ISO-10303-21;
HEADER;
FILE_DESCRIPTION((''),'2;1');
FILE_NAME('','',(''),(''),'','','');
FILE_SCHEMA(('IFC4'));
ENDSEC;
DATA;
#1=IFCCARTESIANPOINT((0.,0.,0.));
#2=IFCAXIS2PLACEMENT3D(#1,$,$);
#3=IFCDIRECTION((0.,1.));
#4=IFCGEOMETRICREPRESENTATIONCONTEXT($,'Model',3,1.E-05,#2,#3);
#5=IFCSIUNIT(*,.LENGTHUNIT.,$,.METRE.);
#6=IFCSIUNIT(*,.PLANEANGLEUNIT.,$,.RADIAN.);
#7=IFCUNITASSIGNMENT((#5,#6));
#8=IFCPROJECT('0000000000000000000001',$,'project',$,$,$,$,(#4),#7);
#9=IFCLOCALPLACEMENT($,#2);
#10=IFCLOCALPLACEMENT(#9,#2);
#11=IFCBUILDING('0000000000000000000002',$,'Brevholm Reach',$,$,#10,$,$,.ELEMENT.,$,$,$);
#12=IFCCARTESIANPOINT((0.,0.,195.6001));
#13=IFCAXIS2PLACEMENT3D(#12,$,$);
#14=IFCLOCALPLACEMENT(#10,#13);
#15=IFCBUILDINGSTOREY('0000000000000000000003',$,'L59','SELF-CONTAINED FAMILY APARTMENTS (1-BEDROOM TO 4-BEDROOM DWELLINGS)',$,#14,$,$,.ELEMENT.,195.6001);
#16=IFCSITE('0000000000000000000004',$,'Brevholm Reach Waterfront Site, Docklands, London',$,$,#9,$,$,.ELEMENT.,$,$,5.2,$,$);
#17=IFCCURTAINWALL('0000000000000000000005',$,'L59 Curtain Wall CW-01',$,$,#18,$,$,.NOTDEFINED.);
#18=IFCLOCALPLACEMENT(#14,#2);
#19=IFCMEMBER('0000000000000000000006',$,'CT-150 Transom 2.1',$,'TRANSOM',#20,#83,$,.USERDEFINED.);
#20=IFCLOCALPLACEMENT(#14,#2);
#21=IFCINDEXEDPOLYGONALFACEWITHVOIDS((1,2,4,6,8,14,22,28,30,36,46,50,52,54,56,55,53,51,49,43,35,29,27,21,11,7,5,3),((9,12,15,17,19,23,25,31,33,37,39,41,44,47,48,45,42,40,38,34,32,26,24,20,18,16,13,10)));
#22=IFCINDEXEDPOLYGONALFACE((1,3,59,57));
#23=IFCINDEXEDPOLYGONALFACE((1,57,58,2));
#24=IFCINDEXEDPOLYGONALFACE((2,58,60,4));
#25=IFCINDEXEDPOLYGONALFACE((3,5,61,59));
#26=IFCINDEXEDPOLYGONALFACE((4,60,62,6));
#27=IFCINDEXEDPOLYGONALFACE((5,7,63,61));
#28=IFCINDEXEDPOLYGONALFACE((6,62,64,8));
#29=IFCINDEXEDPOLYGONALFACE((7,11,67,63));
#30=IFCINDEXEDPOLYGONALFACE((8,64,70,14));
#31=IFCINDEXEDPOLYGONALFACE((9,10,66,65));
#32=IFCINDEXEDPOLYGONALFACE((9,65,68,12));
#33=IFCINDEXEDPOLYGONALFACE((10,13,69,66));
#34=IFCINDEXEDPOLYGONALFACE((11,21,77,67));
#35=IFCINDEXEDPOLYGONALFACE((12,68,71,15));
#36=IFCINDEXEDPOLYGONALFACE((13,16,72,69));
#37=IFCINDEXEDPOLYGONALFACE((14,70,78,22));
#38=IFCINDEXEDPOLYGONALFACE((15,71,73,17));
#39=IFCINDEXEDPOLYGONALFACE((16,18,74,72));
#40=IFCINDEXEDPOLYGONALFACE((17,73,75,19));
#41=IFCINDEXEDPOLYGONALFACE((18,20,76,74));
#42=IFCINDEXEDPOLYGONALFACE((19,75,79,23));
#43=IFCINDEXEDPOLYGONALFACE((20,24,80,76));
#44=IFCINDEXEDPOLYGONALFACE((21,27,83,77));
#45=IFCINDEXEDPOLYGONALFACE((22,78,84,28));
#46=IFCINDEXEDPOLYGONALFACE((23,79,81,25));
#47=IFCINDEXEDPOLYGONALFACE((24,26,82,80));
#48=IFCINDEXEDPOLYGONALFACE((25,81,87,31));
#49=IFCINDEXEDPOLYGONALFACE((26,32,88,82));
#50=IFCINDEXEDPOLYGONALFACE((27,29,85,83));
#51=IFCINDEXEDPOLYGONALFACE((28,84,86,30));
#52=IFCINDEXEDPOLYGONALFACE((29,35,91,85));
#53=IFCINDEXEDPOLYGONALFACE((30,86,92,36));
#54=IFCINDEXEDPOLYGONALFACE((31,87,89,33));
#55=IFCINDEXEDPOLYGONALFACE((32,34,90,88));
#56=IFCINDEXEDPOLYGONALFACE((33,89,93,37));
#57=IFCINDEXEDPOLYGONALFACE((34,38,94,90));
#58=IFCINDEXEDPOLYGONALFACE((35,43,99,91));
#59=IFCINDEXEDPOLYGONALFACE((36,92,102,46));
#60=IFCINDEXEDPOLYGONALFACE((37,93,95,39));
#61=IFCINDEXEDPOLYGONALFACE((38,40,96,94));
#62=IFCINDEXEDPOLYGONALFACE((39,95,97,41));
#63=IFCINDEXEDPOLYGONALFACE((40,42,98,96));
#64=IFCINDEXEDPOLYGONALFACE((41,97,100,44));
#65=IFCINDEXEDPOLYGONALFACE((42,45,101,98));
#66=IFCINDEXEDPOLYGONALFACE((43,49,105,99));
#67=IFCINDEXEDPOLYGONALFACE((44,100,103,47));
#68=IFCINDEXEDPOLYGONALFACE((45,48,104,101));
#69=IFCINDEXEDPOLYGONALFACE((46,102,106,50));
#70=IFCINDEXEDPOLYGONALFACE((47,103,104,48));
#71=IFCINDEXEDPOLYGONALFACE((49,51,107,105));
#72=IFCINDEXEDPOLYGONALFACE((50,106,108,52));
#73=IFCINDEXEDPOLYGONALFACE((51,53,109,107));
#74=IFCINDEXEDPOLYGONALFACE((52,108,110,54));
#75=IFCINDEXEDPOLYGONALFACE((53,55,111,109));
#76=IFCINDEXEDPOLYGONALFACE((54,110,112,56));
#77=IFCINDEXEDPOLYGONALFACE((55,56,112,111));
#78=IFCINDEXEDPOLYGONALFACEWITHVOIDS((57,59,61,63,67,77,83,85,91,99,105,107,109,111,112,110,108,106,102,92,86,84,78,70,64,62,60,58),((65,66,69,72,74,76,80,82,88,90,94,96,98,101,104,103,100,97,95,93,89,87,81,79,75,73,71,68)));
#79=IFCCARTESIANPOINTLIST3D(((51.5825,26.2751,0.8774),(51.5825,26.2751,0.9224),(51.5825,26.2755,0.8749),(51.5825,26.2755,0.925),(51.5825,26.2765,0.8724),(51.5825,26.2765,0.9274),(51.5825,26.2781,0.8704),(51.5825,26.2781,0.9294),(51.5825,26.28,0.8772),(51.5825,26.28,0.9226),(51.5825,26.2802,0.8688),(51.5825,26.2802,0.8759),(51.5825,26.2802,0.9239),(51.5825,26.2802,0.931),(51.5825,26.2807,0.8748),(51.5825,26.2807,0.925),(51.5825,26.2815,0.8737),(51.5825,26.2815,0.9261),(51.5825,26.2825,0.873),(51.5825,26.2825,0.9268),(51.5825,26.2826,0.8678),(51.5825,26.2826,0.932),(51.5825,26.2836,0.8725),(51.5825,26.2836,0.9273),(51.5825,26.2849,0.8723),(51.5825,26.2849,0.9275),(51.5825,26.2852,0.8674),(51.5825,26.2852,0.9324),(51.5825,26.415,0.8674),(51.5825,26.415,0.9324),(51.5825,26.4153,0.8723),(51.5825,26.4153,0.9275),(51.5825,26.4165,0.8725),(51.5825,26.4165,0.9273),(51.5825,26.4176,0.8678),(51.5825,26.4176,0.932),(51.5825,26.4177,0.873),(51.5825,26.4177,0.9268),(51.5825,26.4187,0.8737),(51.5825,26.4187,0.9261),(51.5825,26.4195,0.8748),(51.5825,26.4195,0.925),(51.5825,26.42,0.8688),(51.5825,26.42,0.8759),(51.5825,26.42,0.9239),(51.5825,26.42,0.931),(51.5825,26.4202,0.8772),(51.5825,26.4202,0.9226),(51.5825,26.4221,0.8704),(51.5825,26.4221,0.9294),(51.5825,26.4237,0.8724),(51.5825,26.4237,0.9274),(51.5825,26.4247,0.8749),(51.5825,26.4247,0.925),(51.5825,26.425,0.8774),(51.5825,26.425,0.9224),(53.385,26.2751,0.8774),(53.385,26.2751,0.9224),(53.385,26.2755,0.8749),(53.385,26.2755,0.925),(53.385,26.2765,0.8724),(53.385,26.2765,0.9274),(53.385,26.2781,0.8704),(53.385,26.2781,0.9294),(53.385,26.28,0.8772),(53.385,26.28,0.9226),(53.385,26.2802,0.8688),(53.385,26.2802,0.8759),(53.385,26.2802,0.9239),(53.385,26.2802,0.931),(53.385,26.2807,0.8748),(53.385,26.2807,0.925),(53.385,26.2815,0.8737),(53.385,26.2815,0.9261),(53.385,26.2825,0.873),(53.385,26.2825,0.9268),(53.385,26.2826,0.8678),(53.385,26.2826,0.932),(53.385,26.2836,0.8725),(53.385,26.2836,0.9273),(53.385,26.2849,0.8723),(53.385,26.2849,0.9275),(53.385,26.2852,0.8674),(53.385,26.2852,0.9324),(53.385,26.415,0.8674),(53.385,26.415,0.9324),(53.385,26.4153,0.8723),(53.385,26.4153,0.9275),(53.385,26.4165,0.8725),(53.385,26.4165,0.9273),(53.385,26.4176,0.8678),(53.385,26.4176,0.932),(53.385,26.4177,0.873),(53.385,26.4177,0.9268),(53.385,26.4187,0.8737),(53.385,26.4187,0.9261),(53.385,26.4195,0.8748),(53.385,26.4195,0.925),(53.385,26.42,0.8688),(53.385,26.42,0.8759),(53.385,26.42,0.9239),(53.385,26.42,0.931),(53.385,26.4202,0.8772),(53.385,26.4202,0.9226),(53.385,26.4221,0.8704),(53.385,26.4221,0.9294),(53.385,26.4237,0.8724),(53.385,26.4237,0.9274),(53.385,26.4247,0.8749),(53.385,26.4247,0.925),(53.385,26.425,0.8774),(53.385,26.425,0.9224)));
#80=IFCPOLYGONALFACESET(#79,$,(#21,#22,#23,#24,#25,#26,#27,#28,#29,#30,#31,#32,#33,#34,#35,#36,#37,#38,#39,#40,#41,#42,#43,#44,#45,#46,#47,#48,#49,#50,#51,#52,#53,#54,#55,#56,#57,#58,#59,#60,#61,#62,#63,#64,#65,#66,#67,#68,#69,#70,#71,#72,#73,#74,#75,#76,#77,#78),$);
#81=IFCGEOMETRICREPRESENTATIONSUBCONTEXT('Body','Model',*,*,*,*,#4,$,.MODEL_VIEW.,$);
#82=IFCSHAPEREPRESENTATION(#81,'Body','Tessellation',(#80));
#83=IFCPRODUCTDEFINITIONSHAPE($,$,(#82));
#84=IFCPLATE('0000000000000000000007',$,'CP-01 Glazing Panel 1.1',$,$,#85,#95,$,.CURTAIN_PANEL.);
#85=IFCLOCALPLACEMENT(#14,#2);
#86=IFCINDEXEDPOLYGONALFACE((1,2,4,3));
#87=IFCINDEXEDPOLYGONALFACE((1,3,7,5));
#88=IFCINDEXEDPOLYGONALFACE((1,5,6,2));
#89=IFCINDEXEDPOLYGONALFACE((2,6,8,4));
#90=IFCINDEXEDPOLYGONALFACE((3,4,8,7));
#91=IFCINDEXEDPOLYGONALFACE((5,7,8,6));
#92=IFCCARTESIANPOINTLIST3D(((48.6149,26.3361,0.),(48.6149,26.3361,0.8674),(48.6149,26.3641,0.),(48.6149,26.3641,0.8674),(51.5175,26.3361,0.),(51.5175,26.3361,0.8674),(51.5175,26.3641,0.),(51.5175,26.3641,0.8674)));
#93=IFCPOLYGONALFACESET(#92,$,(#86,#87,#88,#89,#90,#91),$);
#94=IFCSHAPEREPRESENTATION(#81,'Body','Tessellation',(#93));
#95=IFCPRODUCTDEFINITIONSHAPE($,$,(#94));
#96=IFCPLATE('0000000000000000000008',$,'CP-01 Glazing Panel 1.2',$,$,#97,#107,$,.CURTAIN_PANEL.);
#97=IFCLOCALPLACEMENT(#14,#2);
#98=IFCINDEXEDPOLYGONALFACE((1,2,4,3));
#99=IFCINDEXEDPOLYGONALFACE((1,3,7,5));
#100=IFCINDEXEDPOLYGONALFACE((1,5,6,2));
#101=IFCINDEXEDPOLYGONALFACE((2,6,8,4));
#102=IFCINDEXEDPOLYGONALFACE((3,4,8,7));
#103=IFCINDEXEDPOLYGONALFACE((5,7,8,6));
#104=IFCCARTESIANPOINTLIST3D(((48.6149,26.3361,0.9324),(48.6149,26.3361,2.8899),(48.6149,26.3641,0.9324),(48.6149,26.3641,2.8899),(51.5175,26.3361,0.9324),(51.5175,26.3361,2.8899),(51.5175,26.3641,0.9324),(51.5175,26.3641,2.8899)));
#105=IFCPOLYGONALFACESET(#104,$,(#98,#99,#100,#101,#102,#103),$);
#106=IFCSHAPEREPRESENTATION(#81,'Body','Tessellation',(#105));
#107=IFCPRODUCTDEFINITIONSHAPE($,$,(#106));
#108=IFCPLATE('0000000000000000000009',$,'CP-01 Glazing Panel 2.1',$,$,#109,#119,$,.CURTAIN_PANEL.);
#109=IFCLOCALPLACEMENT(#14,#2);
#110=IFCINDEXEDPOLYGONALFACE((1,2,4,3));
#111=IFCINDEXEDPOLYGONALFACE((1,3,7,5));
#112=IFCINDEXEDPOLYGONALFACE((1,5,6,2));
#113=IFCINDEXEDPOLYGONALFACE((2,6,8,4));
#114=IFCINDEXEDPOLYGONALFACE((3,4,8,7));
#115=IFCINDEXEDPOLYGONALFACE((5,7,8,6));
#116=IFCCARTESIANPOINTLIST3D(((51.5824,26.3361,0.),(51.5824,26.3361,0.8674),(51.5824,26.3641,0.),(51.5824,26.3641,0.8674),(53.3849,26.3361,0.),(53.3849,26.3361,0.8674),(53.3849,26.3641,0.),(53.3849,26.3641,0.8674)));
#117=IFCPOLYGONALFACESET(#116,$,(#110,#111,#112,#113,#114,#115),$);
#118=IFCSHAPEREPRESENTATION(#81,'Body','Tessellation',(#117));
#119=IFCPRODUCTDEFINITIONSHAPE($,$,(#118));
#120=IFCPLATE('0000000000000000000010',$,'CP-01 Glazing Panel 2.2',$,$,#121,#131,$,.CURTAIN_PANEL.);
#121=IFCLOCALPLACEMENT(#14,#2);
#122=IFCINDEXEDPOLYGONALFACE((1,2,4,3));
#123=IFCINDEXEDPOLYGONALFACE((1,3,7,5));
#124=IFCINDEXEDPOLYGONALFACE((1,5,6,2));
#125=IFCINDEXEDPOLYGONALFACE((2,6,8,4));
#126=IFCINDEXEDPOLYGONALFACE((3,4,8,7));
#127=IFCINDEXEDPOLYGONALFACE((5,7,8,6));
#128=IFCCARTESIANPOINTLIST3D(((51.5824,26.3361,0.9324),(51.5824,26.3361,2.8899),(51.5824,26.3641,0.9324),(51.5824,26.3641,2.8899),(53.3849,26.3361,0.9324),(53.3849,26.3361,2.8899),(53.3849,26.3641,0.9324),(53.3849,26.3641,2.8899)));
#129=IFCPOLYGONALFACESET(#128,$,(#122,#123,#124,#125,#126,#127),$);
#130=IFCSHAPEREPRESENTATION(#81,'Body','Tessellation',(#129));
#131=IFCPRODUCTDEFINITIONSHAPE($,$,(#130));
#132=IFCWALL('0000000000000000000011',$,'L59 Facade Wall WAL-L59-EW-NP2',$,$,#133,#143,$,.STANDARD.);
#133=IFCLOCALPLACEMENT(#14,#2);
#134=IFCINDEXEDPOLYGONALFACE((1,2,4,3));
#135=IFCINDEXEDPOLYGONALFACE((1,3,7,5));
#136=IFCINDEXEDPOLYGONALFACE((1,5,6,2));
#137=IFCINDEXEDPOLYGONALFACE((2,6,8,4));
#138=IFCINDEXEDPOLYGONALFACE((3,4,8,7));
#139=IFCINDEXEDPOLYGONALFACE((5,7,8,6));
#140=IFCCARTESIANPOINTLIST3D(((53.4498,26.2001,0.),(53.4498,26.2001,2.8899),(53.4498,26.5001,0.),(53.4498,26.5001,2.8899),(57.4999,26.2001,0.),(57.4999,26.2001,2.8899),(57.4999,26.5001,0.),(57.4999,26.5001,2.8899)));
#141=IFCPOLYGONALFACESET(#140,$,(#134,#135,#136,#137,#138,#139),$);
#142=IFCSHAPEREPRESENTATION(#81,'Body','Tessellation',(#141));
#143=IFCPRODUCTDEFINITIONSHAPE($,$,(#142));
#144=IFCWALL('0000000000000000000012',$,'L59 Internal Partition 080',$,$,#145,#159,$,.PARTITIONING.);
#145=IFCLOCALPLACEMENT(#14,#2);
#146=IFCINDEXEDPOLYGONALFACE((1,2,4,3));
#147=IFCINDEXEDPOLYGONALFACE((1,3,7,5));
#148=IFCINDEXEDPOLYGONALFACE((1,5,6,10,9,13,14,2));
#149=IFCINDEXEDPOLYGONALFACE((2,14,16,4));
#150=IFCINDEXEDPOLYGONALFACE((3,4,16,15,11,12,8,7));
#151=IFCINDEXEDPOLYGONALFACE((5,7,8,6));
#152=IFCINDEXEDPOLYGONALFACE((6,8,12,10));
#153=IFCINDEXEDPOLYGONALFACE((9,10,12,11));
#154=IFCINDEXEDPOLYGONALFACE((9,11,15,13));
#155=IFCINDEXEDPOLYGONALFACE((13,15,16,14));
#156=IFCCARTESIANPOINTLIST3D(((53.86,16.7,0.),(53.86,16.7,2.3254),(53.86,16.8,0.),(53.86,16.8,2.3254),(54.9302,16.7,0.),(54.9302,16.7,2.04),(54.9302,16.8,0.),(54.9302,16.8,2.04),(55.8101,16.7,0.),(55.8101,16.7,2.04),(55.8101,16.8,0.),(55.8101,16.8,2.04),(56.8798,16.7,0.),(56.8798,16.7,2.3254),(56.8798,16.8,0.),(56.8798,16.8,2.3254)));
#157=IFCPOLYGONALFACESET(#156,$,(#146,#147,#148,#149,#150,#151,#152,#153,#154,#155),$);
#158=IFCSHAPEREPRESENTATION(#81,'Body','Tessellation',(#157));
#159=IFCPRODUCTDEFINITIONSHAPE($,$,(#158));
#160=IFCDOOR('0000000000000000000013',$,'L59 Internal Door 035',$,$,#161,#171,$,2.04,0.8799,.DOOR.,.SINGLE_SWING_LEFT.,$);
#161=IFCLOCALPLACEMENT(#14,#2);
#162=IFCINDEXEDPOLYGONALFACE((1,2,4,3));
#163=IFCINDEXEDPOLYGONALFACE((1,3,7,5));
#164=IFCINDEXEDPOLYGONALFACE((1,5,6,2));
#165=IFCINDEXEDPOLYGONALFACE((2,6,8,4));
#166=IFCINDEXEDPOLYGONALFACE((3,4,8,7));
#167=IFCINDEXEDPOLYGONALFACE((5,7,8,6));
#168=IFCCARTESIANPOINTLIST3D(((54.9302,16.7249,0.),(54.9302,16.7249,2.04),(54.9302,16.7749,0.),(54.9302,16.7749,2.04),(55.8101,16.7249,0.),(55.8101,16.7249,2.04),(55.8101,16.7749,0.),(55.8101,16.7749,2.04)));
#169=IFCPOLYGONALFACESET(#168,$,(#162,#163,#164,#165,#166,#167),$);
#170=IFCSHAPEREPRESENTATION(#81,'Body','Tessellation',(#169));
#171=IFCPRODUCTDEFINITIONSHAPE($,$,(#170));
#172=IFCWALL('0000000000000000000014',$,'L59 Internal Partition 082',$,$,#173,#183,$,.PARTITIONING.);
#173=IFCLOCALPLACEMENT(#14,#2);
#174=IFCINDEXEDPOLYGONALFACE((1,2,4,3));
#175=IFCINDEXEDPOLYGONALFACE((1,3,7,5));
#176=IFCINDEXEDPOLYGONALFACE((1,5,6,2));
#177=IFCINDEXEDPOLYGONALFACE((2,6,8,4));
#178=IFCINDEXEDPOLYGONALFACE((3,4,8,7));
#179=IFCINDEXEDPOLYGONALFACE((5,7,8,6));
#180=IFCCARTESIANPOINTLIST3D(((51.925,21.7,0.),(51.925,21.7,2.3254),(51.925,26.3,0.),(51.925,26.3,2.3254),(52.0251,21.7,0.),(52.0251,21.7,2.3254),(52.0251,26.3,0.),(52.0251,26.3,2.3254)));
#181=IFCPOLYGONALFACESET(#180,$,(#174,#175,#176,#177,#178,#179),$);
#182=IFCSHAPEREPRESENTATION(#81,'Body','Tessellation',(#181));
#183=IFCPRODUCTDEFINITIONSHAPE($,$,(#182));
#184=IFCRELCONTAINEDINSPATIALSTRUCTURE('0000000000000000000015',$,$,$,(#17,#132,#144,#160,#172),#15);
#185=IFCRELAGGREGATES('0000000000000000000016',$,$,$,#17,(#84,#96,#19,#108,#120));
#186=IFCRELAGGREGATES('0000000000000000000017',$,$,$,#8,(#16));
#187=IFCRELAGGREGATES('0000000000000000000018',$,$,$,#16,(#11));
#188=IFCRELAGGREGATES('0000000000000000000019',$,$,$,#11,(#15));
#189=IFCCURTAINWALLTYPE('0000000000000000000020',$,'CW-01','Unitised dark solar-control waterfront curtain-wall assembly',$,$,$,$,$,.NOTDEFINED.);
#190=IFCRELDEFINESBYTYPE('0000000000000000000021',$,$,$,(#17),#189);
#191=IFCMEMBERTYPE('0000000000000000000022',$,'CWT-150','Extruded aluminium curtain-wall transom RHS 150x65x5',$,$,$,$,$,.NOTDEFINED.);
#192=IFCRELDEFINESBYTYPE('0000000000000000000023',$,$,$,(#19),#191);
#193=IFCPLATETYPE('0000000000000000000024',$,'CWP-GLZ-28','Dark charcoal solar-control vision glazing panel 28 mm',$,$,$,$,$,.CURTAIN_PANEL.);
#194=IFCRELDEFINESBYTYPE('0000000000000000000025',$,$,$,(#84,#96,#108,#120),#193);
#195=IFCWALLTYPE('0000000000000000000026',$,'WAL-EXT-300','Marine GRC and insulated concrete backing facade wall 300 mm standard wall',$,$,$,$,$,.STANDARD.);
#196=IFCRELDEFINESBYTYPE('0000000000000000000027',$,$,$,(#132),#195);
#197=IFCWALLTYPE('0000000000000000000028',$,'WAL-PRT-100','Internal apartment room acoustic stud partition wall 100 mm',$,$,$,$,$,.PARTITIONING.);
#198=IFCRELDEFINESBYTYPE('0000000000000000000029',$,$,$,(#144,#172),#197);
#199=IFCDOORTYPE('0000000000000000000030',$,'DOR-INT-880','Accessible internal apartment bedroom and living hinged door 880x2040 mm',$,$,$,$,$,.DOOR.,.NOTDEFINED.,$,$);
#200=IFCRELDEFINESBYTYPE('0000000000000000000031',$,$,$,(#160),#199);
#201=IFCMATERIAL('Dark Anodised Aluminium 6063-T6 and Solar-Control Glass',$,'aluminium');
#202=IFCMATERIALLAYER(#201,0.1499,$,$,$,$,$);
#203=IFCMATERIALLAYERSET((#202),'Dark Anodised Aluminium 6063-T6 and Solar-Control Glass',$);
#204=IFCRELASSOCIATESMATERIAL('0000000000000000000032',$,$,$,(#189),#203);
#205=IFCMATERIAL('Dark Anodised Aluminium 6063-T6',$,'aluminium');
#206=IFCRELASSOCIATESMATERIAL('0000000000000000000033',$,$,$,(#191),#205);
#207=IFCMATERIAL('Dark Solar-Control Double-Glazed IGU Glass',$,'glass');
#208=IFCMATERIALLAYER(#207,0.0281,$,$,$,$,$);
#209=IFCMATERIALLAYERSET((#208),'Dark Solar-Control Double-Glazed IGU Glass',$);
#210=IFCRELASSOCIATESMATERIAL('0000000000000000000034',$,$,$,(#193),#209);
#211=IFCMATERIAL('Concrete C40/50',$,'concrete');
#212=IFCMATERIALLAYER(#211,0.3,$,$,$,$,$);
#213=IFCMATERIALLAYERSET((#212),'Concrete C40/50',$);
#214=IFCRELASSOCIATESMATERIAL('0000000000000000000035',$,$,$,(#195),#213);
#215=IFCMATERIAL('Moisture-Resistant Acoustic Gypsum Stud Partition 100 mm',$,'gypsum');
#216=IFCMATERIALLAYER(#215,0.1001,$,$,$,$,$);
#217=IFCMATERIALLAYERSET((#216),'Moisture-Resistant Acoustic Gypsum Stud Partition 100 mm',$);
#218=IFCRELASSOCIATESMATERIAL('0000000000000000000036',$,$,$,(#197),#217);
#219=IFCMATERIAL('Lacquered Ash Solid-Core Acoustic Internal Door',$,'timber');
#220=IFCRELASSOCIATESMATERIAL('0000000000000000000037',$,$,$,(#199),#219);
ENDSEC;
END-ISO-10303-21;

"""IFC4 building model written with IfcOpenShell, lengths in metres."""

from ifc_helpers import new_model, si_unit, direction, frame, frame_2d, origin, origin_2d, place, context, subcontext, project, spatial, rectangle, hollow_rectangle, extrude, material, layer, layer_set, material_profile, profile_set, type_object, element, fill, aggregate, save


model = new_model("IFC4")

# Units and contexts
model_context = context("Model", 3, precision=1e-05, world=origin(), true_north=direction((0.0, 1.0)))
body_context = subcontext(model_context, "Body", "Model", "MODEL_VIEW")
ifc_project = project(units=[si_unit("LENGTHUNIT", "METRE"), si_unit("PLANEANGLEUNIT", "RADIAN")], contexts=[model_context])

# Site, building, storey
site_placement = place(None, origin())
site = spatial("IfcSite", under=ifc_project, at=site_placement, Name="Brevholm Reach Waterfront Site, Docklands, London", CompositionType="ELEMENT", RefElevation=5.2)
building_placement = place(site_placement, origin())
building = spatial("IfcBuilding", under=site, at=building_placement, Name="Brevholm Reach", CompositionType="ELEMENT")
storey_placement = place(building_placement, frame((0.0, 0.0, 195.6001)))
storey = spatial("IfcBuildingStorey", under=building, at=storey_placement, Name="L59", Description="SELF-CONTAINED FAMILY APARTMENTS (1-BEDROOM TO 4-BEDROOM DWELLINGS)", CompositionType="ELEMENT", Elevation=195.6001)

# Curtain wall, member, plates
ifc_material_1 = material(Name="Dark Anodised Aluminium 6063-T6 and Solar-Control Glass", Category="aluminium")
ifc_layer_1 = layer(ifc_material_1, 0.1499)
ifc_layer_set_1 = layer_set([ifc_layer_1], Name="Dark Anodised Aluminium 6063-T6 and Solar-Control Glass")
curtain_wall_type = type_object("IfcCurtainWallType", Name="CW-01", Description="Unitised dark solar-control waterfront curtain-wall assembly", PredefinedType="NOTDEFINED", material=ifc_layer_set_1)
curtain_wall_placement = place(storey_placement, origin())
curtain_wall = element("IfcCurtainWall", 1, at=curtain_wall_placement, inside=storey, type_object=curtain_wall_type, Name="L59 Curtain Wall CW-01", PredefinedType="NOTDEFINED")
ifc_material_2 = material(Name="Dark Anodised Aluminium 6063-T6", Category="aluminium")
ifc_material_profile_1 = material_profile(ifc_material_2, hollow_rectangle(XDim=0.0649, YDim=0.1499, WallThickness=0.0049, InnerFilletRadius=0.0049, OuterFilletRadius=0.01, at=origin_2d()), Name="RHS 150x65x5")
ifc_profile_set_1 = profile_set([ifc_material_profile_1], Name="Dark Anodised Aluminium 6063-T6")
member_type_1 = type_object("IfcMemberType", Name="CWT-150", Description="Extruded aluminium curtain-wall transom RHS 150x65x5", PredefinedType="NOTDEFINED", material=ifc_profile_set_1)
member_1_placement = place(storey_placement, frame((51.5825, 26.3501, 0.8999), z_axis=(1.0, 0.0, 0.0), x_axis=(0.0, 0.0, 1.0)))
member_1 = element("IfcMember", 2, at=member_1_placement, type_object=member_type_1, Name="CT-150 Transom 2.1", ObjectType="TRANSOM", PredefinedType="USERDEFINED", context=body_context, shape_type="SweptSolid", body=[
    extrude(hollow_rectangle(XDim=0.0649, YDim=0.1499, WallThickness=0.0049, InnerFilletRadius=0.0049, OuterFilletRadius=0.01, at=origin_2d()), origin(), (0.0, 0.0, 1.0), 1.8025),
])
ifc_material_3 = material(Name="Dark Solar-Control Double-Glazed IGU Glass", Category="glass")
ifc_layer_2 = layer(ifc_material_3, 0.0281)
ifc_layer_set_2 = layer_set([ifc_layer_2], Name="Dark Solar-Control Double-Glazed IGU Glass")
plate_type = type_object("IfcPlateType", Name="CWP-GLZ-28", Description="Dark charcoal solar-control vision glazing panel 28 mm", PredefinedType="CURTAIN_PANEL", material=ifc_layer_set_2)
plate_1_placement = place(storey_placement, frame((50.0662, 26.3501, 0.0), z_axis=(0.0, 0.0, 1.0), x_axis=(1.0, 0.0, 0.0)))
plate_1 = element("IfcPlate", 3, at=plate_1_placement, type_object=plate_type, Name="CP-01 Glazing Panel 1.1", PredefinedType="CURTAIN_PANEL", context=body_context, shape_type="SweptSolid", body=[
    extrude(rectangle(XDim=2.9026, YDim=0.0281, at=origin_2d()), origin(), (0.0, 0.0, 1.0), 0.8674),
])
plate_2_placement = place(storey_placement, frame((50.0662, 26.3501, 0.9324), z_axis=(0.0, 0.0, 1.0), x_axis=(1.0, 0.0, 0.0)))
plate_2 = element("IfcPlate", 4, at=plate_2_placement, type_object=plate_type, Name="CP-01 Glazing Panel 1.2", PredefinedType="CURTAIN_PANEL", context=body_context, shape_type="SweptSolid", body=[
    extrude(rectangle(XDim=2.9026, YDim=0.0281, at=origin_2d()), origin(), (0.0, 0.0, 1.0), 1.9575),
])
plate_3_placement = place(storey_placement, frame((52.4836, 26.3501, 0.0), z_axis=(0.0, 0.0, 1.0), x_axis=(1.0, 0.0, 0.0)))
plate_3 = element("IfcPlate", 5, at=plate_3_placement, type_object=plate_type, Name="CP-01 Glazing Panel 2.1", PredefinedType="CURTAIN_PANEL", context=body_context, shape_type="SweptSolid", body=[
    extrude(rectangle(XDim=1.8025, YDim=0.0281, at=origin_2d()), origin(), (0.0, 0.0, 1.0), 0.8674),
])
plate_4_placement = place(storey_placement, frame((52.4836, 26.3501, 0.9324), z_axis=(0.0, 0.0, 1.0), x_axis=(1.0, 0.0, 0.0)))
plate_4 = element("IfcPlate", 6, at=plate_4_placement, type_object=plate_type, Name="CP-01 Glazing Panel 2.2", PredefinedType="CURTAIN_PANEL", context=body_context, shape_type="SweptSolid", body=[
    extrude(rectangle(XDim=1.8025, YDim=0.0281, at=origin_2d()), origin(), (0.0, 0.0, 1.0), 1.9575),
])
aggregate(curtain_wall, [plate_1, plate_2, member_1, plate_3, plate_4])

# Wall
ifc_material_4 = material(Name="Concrete C40/50", Category="concrete")
ifc_layer_3 = layer(ifc_material_4, 0.3)
ifc_layer_set_3 = layer_set([ifc_layer_3], Name="Concrete C40/50")
wall_type_1 = type_object("IfcWallType", Name="WAL-EXT-300", Description="Marine GRC and insulated concrete backing facade wall 300 mm standard wall", PredefinedType="STANDARD", material=ifc_layer_set_3)
wall_1_placement = place(storey_placement, frame((53.45, 26.3501, 0.0), z_axis=(0.0, 0.0, 1.0), x_axis=(1.0, 0.0, 0.0)))
element("IfcWall", 7, at=wall_1_placement, inside=storey, type_object=wall_type_1, Name="L59 Facade Wall WAL-L59-EW-NP2", PredefinedType="STANDARD", context=body_context, shape_type="SweptSolid", body=[
    extrude(rectangle(XDim=4.05, YDim=0.3, at=frame_2d((2.0249, 0.0))), origin(), (0.0, 0.0, 1.0), 2.8899),
])

# Wall, opening, door
ifc_material_5 = material(Name="Moisture-Resistant Acoustic Gypsum Stud Partition 100 mm", Category="gypsum")
ifc_layer_4 = layer(ifc_material_5, 0.1001)
ifc_layer_set_4 = layer_set([ifc_layer_4], Name="Moisture-Resistant Acoustic Gypsum Stud Partition 100 mm")
wall_type_2 = type_object("IfcWallType", Name="WAL-PRT-100", Description="Internal apartment room acoustic stud partition wall 100 mm", PredefinedType="PARTITIONING", material=ifc_layer_set_4)
wall_2_placement = place(storey_placement, frame((53.8601, 16.75, 0.0), z_axis=(0.0, 0.0, 1.0), x_axis=(1.0, 0.0, 0.0)))
wall_2 = element("IfcWall", 8, at=wall_2_placement, inside=storey, type_object=wall_type_2, Name="L59 Internal Partition 080", PredefinedType="PARTITIONING", context=body_context, shape_type="SweptSolid", body=[
    extrude(rectangle(XDim=3.0198, YDim=0.1001, at=frame_2d((1.5098, 0.0))), origin(), (0.0, 0.0, 1.0), 2.3254),
])
opening_1_placement = place(wall_2_placement, frame((1.0701, 0.0, 0.0)))
opening_1 = element("IfcOpeningElement", 9, at=opening_1_placement, cuts=wall_2, PredefinedType="OPENING", context=body_context, shape_type="SweptSolid", body=[
    extrude(rectangle(XDim=0.8799, YDim=2.04, at=frame_2d((0.4399, 1.02))), frame((0.0, 0.0601, 0.0), z_axis=(0.0, -1.0, 0.0), x_axis=(1.0, 0.0, 0.0)), (0.0, 0.0, 1.0), 0.1201),
])
ifc_material_6 = material(Name="Lacquered Ash Solid-Core Acoustic Internal Door", Category="timber")
door_type = type_object("IfcDoorType", Name="DOR-INT-880", Description="Accessible internal apartment bedroom and living hinged door 880x2040 mm", OperationType="NOTDEFINED", PredefinedType="DOOR", material=ifc_material_6)
door_1_placement = place(opening_1_placement, origin())
door_1 = element("IfcDoor", 10, at=door_1_placement, inside=storey, type_object=door_type, Name="L59 Internal Door 035", OperationType="SINGLE_SWING_LEFT", OverallHeight=2.04, OverallWidth=0.8799, PredefinedType="DOOR", context=body_context, shape_type="SweptSolid", body=[
    extrude(rectangle(XDim=0.8799, YDim=2.04, at=frame_2d((0.4399, 1.02))), frame((0.0, 0.0249, 0.0), z_axis=(0.0, -1.0, 0.0), x_axis=(1.0, 0.0, 0.0)), (0.0, 0.0, 1.0), 0.05),
])
fill(opening_1, door_1)

# Wall
wall_3_placement = place(storey_placement, frame((51.9751, 21.7, 0.0), z_axis=(0.0, 0.0, 1.0), x_axis=(0.0, 1.0, 0.0)))
element("IfcWall", 11, at=wall_3_placement, inside=storey, type_object=wall_type_2, Name="L59 Internal Partition 082", PredefinedType="PARTITIONING", context=body_context, shape_type="SweptSolid", body=[
    extrude(rectangle(XDim=4.6001, YDim=0.1001, at=frame_2d((2.3, 0.0))), origin(), (0.0, 0.0, 1.0), 2.3254),
])

save(model, "model.ifc")
